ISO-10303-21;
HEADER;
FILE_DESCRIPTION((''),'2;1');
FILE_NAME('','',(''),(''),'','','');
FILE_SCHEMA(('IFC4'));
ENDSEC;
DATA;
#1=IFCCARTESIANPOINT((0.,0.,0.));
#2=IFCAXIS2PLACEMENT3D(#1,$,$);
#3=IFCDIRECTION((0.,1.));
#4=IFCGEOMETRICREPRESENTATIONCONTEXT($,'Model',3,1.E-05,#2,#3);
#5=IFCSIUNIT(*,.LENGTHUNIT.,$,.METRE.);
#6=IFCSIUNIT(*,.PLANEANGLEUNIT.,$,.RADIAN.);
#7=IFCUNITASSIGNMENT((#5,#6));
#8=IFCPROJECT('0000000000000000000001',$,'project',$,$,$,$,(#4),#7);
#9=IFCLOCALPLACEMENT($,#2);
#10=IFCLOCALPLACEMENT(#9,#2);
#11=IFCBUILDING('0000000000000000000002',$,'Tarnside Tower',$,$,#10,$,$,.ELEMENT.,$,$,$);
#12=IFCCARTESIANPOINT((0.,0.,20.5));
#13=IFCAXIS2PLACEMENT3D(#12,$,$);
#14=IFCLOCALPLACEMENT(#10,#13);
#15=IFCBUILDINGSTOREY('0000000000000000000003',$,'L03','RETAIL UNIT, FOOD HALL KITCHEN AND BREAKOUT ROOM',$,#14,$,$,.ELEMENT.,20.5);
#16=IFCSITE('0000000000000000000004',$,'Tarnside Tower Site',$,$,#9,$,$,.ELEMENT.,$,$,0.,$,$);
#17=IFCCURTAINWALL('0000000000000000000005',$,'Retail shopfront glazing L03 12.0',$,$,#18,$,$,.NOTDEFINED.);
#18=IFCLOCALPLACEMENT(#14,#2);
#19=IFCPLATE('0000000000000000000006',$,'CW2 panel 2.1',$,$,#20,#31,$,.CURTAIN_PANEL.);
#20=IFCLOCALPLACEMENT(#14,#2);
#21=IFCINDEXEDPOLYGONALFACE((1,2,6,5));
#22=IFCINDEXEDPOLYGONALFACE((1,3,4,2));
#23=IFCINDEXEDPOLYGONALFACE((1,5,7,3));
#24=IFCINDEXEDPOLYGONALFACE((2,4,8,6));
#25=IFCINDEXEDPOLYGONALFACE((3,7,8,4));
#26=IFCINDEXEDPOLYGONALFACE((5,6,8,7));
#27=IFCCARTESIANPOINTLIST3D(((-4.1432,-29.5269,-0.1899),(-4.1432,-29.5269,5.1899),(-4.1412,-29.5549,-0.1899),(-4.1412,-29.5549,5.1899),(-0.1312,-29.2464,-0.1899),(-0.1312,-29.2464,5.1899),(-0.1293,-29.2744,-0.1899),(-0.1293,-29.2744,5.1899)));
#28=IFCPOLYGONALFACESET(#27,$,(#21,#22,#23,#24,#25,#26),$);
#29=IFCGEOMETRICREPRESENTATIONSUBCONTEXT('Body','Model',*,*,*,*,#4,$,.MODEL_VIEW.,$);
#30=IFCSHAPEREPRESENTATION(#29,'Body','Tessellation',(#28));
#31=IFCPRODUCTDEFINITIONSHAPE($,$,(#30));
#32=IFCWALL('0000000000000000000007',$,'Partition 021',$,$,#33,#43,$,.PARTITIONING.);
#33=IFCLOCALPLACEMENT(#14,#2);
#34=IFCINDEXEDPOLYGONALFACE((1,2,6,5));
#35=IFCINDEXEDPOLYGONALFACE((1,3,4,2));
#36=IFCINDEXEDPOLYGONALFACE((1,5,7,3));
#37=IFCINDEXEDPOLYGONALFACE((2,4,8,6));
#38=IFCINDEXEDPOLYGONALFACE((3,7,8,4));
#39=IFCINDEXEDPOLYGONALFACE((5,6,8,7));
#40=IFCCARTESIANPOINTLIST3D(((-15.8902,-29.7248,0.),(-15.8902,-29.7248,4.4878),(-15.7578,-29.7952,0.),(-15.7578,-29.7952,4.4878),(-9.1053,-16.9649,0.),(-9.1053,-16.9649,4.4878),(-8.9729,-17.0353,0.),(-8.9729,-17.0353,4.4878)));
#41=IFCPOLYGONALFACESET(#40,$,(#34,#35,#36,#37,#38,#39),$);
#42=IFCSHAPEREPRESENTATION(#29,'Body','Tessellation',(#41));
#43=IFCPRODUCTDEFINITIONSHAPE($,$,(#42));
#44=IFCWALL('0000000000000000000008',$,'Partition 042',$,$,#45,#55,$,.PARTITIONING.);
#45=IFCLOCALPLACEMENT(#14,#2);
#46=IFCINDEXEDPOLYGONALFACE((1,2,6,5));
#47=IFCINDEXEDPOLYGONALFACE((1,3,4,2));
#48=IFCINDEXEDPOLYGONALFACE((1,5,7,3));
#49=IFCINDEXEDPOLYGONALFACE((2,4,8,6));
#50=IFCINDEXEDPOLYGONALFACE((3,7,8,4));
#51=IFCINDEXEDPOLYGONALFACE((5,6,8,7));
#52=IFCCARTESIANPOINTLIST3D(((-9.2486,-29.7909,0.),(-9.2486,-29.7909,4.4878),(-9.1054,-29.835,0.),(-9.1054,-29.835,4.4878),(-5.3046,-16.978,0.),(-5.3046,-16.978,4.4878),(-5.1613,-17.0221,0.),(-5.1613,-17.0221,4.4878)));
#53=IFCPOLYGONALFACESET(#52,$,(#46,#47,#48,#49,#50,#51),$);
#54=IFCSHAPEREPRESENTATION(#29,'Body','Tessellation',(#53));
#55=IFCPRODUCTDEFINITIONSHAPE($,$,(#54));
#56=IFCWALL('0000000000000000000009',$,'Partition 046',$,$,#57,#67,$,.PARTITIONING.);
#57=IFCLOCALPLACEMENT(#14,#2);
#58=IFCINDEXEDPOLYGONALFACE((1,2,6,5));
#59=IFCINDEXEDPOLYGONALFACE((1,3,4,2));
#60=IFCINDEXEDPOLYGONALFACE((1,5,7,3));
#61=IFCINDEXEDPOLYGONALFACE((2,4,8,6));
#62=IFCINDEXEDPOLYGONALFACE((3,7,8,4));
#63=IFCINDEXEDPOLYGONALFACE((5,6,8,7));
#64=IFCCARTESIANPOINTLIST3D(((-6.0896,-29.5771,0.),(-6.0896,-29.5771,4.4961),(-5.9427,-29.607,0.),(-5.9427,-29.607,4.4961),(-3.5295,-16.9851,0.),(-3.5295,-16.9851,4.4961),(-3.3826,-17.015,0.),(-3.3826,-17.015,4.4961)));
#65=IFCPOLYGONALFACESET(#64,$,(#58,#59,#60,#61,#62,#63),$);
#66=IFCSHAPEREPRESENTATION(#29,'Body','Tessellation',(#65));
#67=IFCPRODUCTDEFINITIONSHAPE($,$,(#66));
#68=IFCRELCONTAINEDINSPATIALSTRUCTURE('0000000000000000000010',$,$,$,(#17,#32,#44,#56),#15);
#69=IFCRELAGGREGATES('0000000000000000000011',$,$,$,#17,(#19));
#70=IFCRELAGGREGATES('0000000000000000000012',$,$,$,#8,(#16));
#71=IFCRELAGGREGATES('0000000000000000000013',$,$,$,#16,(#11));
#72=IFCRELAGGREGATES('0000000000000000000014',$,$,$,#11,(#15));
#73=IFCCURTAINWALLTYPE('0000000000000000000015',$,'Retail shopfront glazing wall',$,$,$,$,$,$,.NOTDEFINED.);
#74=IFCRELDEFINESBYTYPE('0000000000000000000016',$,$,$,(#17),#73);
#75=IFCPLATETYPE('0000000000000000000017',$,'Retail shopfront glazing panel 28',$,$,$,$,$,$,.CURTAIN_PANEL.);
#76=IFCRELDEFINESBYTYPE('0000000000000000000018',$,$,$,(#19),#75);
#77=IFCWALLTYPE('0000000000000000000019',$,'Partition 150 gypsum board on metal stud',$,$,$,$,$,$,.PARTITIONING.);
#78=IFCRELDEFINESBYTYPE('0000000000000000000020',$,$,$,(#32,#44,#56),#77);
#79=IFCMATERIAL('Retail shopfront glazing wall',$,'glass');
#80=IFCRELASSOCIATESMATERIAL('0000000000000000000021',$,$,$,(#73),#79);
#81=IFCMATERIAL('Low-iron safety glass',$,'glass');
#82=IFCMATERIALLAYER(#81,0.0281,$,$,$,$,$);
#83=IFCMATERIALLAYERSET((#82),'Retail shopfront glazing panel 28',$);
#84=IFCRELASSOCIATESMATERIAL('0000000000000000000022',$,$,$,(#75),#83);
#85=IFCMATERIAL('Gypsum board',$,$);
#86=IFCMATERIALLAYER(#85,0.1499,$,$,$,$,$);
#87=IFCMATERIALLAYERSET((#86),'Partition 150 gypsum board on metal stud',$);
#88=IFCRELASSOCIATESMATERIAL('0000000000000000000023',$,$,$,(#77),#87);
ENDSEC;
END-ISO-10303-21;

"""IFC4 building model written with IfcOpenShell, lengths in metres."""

from ifc_helpers import new_model, si_unit, direction, frame, frame_2d, origin, origin_2d, place, context, subcontext, project, spatial, rectangle, extrude, material, layer, layer_set, type_object, element, aggregate, save


model = new_model("IFC4")

# Units and contexts
model_context = context("Model", 3, precision=1e-05, world=origin(), true_north=direction((0.0, 1.0)))
body_context = subcontext(model_context, "Body", "Model", "MODEL_VIEW")
ifc_project = project(units=[si_unit("LENGTHUNIT", "METRE"), si_unit("PLANEANGLEUNIT", "RADIAN")], contexts=[model_context])

# Site, building, storey
site_placement = place(None, origin())
site = spatial("IfcSite", under=ifc_project, at=site_placement, Name="Tarnside Tower Site", CompositionType="ELEMENT", RefElevation=0.0)
building_placement = place(site_placement, origin())
building = spatial("IfcBuilding", under=site, at=building_placement, Name="Tarnside Tower", CompositionType="ELEMENT")
storey_placement = place(building_placement, frame((0.0, 0.0, 20.5)))
storey = spatial("IfcBuildingStorey", under=building, at=storey_placement, Name="L03", Description="RETAIL UNIT, FOOD HALL KITCHEN AND BREAKOUT ROOM", CompositionType="ELEMENT", Elevation=20.5)

# Shared definitions
ifc_material_1 = material(Name="Retail shopfront glazing wall", Category="glass")
curtain_wall_type = type_object("IfcCurtainWallType", Name="Retail shopfront glazing wall", PredefinedType="NOTDEFINED", material=ifc_material_1)

# Curtain wall
curtain_wall_1_placement = place(storey_placement, origin())
curtain_wall_1 = element("IfcCurtainWall", 1, at=curtain_wall_1_placement, inside=storey, type_object=curtain_wall_type, Name="Retail shopfront glazing L03 12.0", PredefinedType="NOTDEFINED")

# Plate
ifc_material_2 = material(Name="Low-iron safety glass", Category="glass")
ifc_layer_1 = layer(ifc_material_2, 0.0281)
ifc_layer_set_1 = layer_set([ifc_layer_1], Name="Retail shopfront glazing panel 28")
plate_type = type_object("IfcPlateType", Name="Retail shopfront glazing panel 28", PredefinedType="CURTAIN_PANEL", material=ifc_layer_set_1)
plate_1_placement = place(storey_placement, frame((-2.1362, -29.4006, -0.1899), z_axis=(0.0, 0.0, 1.0), x_axis=(0.997564, 0.069756, 0.0)))
plate_1 = element("IfcPlate", 2, at=plate_1_placement, type_object=plate_type, Name="CW2 panel 2.1", PredefinedType="CURTAIN_PANEL", context=body_context, shape_type="SweptSolid", body=[
    extrude(rectangle(XDim=4.0217, YDim=0.0281, at=origin_2d()), origin(), (0.0, 0.0, 1.0), 5.3799),
])
aggregate(curtain_wall_1, [plate_1])

# Walls
ifc_material_3 = material(Name="Gypsum board")
ifc_layer_2 = layer(ifc_material_3, 0.1499)
ifc_layer_set_2 = layer_set([ifc_layer_2], Name="Partition 150 gypsum board on metal stud")
wall_type = type_object("IfcWallType", Name="Partition 150 gypsum board on metal stud", PredefinedType="PARTITIONING", material=ifc_layer_set_2)
wall_1_placement = place(storey_placement, frame((-15.824, -29.76, 0.0), z_axis=(0.0, 0.0, 1.0), x_axis=(0.469487, 0.882939, 0.0)))
element("IfcWall", 3, at=wall_1_placement, inside=storey, type_object=wall_type, Name="Partition 021", PredefinedType="PARTITIONING", context=body_context, shape_type="SweptSolid", body=[
    extrude(rectangle(XDim=14.4517, YDim=0.1499, at=frame_2d((7.2258, 0.0))), origin(), (0.0, 0.0, 1.0), 4.4878),
])
wall_2_placement = place(storey_placement, frame((-9.177, -29.813, 0.0), z_axis=(0.0, 0.0, 1.0), x_axis=(0.294197, 0.955745, 0.0)))
element("IfcWall", 4, at=wall_2_placement, inside=storey, type_object=wall_type, Name="Partition 042", PredefinedType="PARTITIONING", context=body_context, shape_type="SweptSolid", body=[
    extrude(rectangle(XDim=13.4062, YDim=0.1499, at=frame_2d((6.7031, 0.0))), origin(), (0.0, 0.0, 1.0), 4.4878),
])
wall_3_placement = place(storey_placement, frame((-6.0161, -29.592, 0.0), z_axis=(0.0, 0.0, 1.0), x_axis=(0.199232, 0.979952, 0.0)))
element("IfcWall", 5, at=wall_3_placement, inside=storey, type_object=wall_type, Name="Partition 046", PredefinedType="PARTITIONING", context=body_context, shape_type="SweptSolid", body=[
    extrude(rectangle(XDim=12.8496, YDim=0.1499, at=frame_2d((6.4248, 0.0))), origin(), (0.0, 0.0, 1.0), 4.4961),
])

save(model, "model.ifc")
